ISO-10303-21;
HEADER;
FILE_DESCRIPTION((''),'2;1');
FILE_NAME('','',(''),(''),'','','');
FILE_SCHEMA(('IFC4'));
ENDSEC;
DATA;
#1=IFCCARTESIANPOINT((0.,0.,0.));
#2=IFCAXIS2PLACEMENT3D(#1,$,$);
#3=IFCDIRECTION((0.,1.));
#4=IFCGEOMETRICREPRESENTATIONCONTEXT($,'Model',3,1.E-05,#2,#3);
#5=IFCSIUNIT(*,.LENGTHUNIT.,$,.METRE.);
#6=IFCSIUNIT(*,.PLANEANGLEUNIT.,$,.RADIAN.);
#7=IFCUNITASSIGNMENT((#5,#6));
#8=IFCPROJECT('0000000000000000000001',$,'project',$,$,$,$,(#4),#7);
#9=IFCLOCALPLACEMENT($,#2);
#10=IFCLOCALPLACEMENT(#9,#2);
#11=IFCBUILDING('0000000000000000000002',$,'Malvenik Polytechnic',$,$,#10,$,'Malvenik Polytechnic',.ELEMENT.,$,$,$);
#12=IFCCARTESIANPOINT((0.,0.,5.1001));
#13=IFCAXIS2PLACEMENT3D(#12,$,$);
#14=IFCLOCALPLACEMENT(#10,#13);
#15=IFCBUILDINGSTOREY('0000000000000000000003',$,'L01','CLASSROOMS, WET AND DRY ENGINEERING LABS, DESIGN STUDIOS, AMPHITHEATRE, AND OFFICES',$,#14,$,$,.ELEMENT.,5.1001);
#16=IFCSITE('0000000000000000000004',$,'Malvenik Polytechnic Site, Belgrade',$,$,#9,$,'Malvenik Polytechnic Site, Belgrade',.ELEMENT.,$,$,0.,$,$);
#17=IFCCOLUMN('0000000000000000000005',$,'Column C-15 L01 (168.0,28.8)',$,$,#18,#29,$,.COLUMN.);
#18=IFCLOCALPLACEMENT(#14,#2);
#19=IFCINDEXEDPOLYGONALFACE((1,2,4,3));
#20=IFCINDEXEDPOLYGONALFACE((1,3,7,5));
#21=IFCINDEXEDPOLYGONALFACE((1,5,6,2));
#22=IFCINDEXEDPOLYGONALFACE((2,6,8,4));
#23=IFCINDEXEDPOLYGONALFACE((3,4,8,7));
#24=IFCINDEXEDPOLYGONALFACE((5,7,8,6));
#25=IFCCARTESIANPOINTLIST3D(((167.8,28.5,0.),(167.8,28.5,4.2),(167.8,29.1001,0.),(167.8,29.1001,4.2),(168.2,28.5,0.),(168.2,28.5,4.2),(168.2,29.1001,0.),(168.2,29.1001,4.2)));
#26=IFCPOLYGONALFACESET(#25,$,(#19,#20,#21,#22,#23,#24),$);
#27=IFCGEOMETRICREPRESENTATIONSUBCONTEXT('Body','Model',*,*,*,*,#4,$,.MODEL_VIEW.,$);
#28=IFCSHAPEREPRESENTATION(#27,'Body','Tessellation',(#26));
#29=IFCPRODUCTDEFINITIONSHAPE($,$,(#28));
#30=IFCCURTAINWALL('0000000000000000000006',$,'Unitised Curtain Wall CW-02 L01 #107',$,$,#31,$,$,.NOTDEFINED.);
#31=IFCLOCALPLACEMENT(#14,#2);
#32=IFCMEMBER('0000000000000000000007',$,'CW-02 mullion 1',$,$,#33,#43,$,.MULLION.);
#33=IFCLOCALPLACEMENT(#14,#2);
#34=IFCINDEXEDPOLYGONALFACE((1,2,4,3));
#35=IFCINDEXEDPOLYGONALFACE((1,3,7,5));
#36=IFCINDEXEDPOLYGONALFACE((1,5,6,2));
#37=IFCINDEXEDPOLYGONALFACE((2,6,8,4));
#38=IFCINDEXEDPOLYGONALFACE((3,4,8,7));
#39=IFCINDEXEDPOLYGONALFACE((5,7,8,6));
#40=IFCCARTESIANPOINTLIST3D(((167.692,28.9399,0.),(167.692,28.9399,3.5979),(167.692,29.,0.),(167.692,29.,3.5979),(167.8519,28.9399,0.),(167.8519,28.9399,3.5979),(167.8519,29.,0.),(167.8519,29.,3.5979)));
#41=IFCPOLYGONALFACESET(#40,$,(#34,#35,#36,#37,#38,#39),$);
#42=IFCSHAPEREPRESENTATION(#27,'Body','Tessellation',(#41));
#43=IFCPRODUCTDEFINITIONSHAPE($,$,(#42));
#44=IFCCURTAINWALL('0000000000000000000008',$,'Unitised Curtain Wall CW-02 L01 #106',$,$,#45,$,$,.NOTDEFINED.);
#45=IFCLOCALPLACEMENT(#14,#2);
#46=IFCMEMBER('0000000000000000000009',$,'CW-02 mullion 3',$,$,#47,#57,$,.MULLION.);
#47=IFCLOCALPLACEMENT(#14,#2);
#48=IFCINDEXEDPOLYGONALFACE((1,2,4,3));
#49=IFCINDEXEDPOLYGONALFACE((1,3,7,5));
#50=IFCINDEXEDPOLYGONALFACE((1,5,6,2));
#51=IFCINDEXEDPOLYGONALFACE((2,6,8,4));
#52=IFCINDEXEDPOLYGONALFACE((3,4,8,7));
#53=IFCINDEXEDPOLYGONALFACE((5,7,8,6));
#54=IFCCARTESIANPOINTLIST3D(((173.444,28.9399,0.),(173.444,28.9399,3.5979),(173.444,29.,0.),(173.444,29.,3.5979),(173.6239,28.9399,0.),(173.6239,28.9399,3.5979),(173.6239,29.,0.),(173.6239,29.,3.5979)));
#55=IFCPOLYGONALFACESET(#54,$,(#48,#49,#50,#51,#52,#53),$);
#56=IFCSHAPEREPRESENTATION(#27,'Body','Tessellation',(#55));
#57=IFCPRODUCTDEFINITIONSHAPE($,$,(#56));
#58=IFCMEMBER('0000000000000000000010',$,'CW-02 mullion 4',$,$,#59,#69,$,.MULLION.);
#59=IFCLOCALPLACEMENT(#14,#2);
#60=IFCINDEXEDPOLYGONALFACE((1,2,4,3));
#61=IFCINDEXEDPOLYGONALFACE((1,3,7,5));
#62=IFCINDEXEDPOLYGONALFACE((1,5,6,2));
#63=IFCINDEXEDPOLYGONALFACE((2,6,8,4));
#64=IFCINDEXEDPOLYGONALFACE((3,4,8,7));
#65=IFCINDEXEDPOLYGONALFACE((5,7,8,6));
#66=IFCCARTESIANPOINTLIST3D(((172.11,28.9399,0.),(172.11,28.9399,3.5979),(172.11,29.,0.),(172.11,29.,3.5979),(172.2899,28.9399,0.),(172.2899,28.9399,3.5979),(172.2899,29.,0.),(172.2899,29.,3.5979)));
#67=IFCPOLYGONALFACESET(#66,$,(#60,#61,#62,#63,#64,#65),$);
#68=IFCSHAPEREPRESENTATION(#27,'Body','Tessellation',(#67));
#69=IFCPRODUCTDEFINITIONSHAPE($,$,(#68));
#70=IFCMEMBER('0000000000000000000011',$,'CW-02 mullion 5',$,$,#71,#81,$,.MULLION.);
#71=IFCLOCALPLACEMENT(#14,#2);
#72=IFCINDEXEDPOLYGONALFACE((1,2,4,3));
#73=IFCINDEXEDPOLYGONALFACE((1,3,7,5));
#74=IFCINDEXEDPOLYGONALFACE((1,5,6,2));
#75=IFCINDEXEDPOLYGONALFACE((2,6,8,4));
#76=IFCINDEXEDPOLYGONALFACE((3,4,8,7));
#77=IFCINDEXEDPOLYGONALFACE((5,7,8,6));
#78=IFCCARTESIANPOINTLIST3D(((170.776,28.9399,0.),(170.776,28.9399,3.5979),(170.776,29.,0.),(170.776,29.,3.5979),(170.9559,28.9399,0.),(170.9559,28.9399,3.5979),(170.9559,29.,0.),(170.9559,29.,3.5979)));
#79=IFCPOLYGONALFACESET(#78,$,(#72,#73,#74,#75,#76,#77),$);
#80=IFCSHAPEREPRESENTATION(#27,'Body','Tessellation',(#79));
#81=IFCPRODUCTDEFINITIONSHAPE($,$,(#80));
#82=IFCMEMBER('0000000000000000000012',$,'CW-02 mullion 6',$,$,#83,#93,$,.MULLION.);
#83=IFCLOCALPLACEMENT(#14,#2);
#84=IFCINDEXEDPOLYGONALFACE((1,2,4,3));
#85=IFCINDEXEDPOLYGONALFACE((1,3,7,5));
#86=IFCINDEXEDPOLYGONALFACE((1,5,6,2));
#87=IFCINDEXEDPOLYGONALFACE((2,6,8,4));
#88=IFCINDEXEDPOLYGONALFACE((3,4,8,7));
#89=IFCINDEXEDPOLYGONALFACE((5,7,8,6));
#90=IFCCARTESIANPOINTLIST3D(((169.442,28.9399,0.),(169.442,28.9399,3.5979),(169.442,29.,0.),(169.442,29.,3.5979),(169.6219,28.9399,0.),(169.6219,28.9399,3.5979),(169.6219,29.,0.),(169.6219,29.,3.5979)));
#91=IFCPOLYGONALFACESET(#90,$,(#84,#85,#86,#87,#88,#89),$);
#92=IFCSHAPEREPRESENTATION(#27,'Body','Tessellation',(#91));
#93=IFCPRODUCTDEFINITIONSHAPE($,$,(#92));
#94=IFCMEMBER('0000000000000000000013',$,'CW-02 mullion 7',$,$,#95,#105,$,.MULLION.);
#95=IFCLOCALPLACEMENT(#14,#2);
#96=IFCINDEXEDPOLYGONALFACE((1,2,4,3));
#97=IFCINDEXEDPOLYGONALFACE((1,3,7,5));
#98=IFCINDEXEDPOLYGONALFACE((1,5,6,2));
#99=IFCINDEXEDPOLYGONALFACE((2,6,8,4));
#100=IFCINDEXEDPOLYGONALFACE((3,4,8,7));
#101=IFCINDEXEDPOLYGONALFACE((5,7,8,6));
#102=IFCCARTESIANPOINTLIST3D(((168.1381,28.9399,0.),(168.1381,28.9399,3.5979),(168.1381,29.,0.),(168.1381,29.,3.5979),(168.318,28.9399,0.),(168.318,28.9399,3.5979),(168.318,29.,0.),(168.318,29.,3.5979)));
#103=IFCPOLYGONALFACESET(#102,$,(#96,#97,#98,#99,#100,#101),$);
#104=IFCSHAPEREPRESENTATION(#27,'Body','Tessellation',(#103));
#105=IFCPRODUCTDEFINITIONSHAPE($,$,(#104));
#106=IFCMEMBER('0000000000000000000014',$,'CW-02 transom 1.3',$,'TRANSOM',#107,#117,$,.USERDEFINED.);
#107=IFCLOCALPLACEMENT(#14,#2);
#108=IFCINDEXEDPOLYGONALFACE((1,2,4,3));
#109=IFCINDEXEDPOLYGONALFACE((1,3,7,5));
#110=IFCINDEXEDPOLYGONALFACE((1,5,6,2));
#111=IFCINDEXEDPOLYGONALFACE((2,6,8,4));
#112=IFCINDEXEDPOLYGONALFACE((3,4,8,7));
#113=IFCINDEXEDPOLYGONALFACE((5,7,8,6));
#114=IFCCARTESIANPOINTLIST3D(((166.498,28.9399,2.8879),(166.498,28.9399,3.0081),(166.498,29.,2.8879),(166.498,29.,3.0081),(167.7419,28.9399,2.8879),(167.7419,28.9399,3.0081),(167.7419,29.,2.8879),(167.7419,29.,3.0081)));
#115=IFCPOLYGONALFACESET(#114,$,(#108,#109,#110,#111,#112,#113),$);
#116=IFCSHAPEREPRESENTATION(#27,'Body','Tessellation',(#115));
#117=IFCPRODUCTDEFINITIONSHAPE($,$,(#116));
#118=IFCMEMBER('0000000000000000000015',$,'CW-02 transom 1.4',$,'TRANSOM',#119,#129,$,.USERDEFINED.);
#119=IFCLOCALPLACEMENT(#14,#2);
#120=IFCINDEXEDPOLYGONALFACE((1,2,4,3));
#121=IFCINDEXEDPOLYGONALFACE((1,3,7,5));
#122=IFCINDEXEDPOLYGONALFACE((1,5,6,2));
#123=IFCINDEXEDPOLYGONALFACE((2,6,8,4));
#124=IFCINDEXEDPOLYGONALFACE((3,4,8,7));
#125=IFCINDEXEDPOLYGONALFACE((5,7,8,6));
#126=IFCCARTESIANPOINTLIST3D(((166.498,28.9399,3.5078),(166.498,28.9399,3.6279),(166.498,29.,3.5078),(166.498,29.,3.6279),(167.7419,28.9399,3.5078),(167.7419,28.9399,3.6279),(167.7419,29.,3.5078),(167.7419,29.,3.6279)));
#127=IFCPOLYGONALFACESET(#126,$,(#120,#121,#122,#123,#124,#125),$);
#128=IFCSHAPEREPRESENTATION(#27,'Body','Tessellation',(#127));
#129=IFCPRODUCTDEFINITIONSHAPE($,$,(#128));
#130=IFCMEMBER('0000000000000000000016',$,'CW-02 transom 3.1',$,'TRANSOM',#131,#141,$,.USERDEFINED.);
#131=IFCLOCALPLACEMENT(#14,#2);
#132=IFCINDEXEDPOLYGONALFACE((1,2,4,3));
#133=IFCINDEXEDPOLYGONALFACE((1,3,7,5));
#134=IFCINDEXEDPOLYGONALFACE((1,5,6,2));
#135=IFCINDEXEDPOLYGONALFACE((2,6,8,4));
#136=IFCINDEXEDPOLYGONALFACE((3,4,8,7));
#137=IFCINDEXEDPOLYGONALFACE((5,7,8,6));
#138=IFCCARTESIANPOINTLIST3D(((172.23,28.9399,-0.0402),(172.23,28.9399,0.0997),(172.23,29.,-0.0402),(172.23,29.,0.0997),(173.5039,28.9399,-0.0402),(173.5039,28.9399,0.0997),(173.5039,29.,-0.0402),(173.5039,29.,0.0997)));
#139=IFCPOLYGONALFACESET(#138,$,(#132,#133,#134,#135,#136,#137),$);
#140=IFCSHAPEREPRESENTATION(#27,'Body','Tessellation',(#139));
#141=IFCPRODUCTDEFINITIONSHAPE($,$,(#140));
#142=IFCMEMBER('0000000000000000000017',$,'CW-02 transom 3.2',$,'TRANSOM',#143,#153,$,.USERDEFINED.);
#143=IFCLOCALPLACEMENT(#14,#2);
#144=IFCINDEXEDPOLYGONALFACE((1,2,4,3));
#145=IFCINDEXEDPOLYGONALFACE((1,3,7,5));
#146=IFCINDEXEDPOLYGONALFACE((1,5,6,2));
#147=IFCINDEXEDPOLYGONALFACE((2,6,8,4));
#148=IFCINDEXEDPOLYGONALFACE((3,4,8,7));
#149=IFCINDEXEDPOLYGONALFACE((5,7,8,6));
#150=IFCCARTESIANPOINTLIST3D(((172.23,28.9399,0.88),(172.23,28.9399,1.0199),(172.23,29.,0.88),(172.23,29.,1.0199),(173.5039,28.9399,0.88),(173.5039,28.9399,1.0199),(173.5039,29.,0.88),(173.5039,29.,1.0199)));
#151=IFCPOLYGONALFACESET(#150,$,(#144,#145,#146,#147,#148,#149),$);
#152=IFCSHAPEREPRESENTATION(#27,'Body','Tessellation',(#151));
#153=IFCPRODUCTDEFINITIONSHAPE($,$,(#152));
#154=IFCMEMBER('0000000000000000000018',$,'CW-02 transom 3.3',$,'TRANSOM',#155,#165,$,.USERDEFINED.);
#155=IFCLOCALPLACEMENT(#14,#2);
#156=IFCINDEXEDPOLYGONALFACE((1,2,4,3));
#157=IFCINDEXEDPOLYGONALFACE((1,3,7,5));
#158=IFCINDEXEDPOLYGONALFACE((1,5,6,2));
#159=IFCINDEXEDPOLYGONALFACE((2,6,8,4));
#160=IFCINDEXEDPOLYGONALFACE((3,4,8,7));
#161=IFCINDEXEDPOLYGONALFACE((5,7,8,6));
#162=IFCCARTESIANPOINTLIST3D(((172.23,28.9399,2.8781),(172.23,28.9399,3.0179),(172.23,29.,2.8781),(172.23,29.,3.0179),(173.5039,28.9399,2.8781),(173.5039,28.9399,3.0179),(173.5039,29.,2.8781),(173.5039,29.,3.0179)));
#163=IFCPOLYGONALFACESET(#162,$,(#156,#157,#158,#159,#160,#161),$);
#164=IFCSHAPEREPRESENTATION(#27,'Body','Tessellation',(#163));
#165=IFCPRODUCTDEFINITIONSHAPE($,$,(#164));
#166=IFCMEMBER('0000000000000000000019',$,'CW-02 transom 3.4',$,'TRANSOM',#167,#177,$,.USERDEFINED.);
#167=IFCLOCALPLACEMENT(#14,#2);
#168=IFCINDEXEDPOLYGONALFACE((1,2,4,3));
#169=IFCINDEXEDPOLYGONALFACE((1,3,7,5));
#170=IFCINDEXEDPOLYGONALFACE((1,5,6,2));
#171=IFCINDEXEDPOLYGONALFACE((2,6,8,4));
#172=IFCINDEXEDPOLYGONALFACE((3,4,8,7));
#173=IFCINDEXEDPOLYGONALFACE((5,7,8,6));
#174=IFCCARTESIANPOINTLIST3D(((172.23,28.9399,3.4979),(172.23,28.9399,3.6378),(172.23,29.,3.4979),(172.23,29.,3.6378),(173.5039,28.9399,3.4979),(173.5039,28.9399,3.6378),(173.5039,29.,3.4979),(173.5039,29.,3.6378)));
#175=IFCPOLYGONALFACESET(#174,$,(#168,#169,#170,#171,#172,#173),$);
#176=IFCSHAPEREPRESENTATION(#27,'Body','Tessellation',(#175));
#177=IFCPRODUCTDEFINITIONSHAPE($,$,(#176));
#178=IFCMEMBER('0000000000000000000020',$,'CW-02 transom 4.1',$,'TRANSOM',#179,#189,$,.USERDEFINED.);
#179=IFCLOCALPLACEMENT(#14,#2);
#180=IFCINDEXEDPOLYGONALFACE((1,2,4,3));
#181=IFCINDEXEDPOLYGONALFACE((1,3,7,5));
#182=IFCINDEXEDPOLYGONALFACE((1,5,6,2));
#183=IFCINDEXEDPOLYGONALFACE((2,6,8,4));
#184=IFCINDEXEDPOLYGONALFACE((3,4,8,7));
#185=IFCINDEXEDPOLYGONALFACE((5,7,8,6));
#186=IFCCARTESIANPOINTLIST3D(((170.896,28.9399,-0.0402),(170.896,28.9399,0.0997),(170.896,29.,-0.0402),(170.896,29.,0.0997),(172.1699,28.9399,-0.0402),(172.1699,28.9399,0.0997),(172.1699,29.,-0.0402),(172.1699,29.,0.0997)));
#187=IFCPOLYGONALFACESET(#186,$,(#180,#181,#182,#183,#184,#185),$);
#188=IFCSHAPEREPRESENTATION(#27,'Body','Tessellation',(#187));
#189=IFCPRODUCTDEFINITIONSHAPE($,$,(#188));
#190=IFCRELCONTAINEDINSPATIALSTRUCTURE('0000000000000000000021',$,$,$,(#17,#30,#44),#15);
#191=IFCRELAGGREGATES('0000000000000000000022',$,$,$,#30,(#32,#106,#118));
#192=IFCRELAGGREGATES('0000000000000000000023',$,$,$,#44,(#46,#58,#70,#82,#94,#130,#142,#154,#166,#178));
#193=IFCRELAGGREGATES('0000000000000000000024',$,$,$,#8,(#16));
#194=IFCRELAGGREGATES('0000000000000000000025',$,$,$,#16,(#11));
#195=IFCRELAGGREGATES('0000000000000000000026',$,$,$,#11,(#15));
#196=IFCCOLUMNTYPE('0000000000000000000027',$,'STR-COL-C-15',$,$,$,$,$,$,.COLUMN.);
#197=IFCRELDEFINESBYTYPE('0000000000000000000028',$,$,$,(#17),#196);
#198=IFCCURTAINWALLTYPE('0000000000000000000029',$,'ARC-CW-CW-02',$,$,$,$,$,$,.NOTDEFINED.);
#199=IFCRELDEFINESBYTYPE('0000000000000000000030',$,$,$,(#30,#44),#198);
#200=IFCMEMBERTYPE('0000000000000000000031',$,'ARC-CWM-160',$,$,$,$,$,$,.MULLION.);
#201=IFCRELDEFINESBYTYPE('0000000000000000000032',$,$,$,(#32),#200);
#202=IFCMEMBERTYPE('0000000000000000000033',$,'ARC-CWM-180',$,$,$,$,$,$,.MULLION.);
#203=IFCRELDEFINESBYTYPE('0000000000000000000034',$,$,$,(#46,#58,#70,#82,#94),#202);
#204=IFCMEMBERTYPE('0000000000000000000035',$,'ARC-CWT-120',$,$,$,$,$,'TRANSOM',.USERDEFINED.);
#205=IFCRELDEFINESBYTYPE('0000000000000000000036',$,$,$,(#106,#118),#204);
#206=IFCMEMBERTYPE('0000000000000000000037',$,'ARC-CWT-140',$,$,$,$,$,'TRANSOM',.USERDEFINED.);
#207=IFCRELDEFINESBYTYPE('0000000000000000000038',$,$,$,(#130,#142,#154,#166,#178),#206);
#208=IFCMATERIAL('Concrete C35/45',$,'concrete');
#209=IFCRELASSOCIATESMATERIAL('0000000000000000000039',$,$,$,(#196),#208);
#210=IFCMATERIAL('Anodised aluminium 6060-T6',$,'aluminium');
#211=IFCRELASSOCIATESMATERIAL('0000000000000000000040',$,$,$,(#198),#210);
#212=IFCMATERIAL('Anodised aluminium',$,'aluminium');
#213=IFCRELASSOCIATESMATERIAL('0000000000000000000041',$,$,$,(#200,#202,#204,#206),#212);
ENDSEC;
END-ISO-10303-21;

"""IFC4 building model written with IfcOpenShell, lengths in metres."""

from ifc_helpers import new_model, si_unit, direction, frame, origin, origin_2d, place, context, subcontext, project, spatial, rectangle, extrude, material, material_profile, profile_set, type_object, element, aggregate, save


model = new_model("IFC4")

# Units and contexts
model_context = context("Model", 3, precision=1e-05, world=origin(), true_north=direction((0.0, 1.0)))
body_context = subcontext(model_context, "Body", "Model", "MODEL_VIEW")
ifc_project = project(units=[si_unit("LENGTHUNIT", "METRE"), si_unit("PLANEANGLEUNIT", "RADIAN")], contexts=[model_context])

# Site, building, storey
site_placement = place(None, origin())
site = spatial("IfcSite", under=ifc_project, at=site_placement, Name="Malvenik Polytechnic Site, Belgrade", LongName="Malvenik Polytechnic Site, Belgrade", CompositionType="ELEMENT", RefElevation=0.0)
building_placement = place(site_placement, origin())
building = spatial("IfcBuilding", under=site, at=building_placement, Name="Malvenik Polytechnic", LongName="Malvenik Polytechnic", CompositionType="ELEMENT")
storey_placement = place(building_placement, frame((0.0, 0.0, 5.1001)))
storey = spatial("IfcBuildingStorey", under=building, at=storey_placement, Name="L01", Description="CLASSROOMS, WET AND DRY ENGINEERING LABS, DESIGN STUDIOS, AMPHITHEATRE, AND OFFICES", CompositionType="ELEMENT", Elevation=5.1001)

# Column
ifc_material_1 = material(Name="Concrete C35/45", Category="concrete")
ifc_material_profile_1 = material_profile(ifc_material_1, rectangle(XDim=0.3999, YDim=0.6001, at=origin_2d()), Name="RC COL 600x400")
ifc_profile_set_1 = profile_set([ifc_material_profile_1], Name="Concrete C35/45")
column_type = type_object("IfcColumnType", Name="STR-COL-C-15", PredefinedType="COLUMN", material=ifc_profile_set_1)
column_placement = place(storey_placement, frame((168.0, 28.8, 0.0), z_axis=(0.0, 0.0, 1.0), x_axis=(1.0, 0.0, 0.0)))
element("IfcColumn", 1, at=column_placement, inside=storey, type_object=column_type, Name="Column C-15 L01 (168.0,28.8)", PredefinedType="COLUMN", context=body_context, shape_type="SweptSolid", body=[
    extrude(rectangle(XDim=0.3999, YDim=0.6001, at=origin_2d()), origin(), (0.0, 0.0, 1.0), 4.2),
])

# Curtain wall, member
ifc_material_2 = material(Name="Anodised aluminium 6060-T6", Category="aluminium")
curtain_wall_type = type_object("IfcCurtainWallType", Name="ARC-CW-CW-02", PredefinedType="NOTDEFINED", material=ifc_material_2)
curtain_wall_1_placement = place(storey_placement, origin())
curtain_wall_1 = element("IfcCurtainWall", 2, at=curtain_wall_1_placement, inside=storey, type_object=curtain_wall_type, Name="Unitised Curtain Wall CW-02 L01 #107", PredefinedType="NOTDEFINED")
ifc_material_3 = material(Name="Anodised aluminium", Category="aluminium")
ifc_material_profile_2 = material_profile(ifc_material_3, rectangle(XDim=0.0601, YDim=0.1599, at=origin_2d()), Name="ALU MULLION 60x160")
ifc_profile_set_2 = profile_set([ifc_material_profile_2], Name="Anodised aluminium")
member_type_1 = type_object("IfcMemberType", Name="ARC-CWM-160", PredefinedType="MULLION", material=ifc_profile_set_2)
member_1_placement = place(storey_placement, frame((167.772, 28.97, 0.0), z_axis=(0.0, 0.0, 1.0), x_axis=(0.0, -1.0, 0.0)))
member_1 = element("IfcMember", 3, at=member_1_placement, type_object=member_type_1, Name="CW-02 mullion 1", PredefinedType="MULLION", context=body_context, shape_type="SweptSolid", body=[
    extrude(rectangle(XDim=0.0601, YDim=0.1599, at=origin_2d()), origin(), (0.0, 0.0, 1.0), 3.5979),
])

# Curtain wall, members
curtain_wall_2_placement = place(storey_placement, origin())
curtain_wall_2 = element("IfcCurtainWall", 4, at=curtain_wall_2_placement, inside=storey, type_object=curtain_wall_type, Name="Unitised Curtain Wall CW-02 L01 #106", PredefinedType="NOTDEFINED")
ifc_material_profile_3 = material_profile(ifc_material_3, rectangle(XDim=0.0601, YDim=0.1799, at=origin_2d()), Name="ALU MULLION 60x180")
ifc_profile_set_3 = profile_set([ifc_material_profile_3], Name="Anodised aluminium")
member_type_2 = type_object("IfcMemberType", Name="ARC-CWM-180", PredefinedType="MULLION", material=ifc_profile_set_3)
member_2_placement = place(storey_placement, frame((173.5339, 28.97, 0.0), z_axis=(0.0, 0.0, 1.0), x_axis=(0.0, -1.0, 0.0)))
member_2 = element("IfcMember", 5, at=member_2_placement, type_object=member_type_2, Name="CW-02 mullion 3", PredefinedType="MULLION", context=body_context, shape_type="SweptSolid", body=[
    extrude(rectangle(XDim=0.0601, YDim=0.1799, at=origin_2d()), origin(), (0.0, 0.0, 1.0), 3.5979),
])
member_3_placement = place(storey_placement, frame((172.2, 28.97, 0.0), z_axis=(0.0, 0.0, 1.0), x_axis=(0.0, -1.0, 0.0)))
member_3 = element("IfcMember", 6, at=member_3_placement, type_object=member_type_2, Name="CW-02 mullion 4", PredefinedType="MULLION", context=body_context, shape_type="SweptSolid", body=[
    extrude(rectangle(XDim=0.0601, YDim=0.1799, at=origin_2d()), origin(), (0.0, 0.0, 1.0), 3.5979),
])
member_4_placement = place(storey_placement, frame((170.866, 28.97, 0.0), z_axis=(0.0, 0.0, 1.0), x_axis=(0.0, -1.0, 0.0)))
member_4 = element("IfcMember", 7, at=member_4_placement, type_object=member_type_2, Name="CW-02 mullion 5", PredefinedType="MULLION", context=body_context, shape_type="SweptSolid", body=[
    extrude(rectangle(XDim=0.0601, YDim=0.1799, at=origin_2d()), origin(), (0.0, 0.0, 1.0), 3.5979),
])
member_5_placement = place(storey_placement, frame((169.532, 28.97, 0.0), z_axis=(0.0, 0.0, 1.0), x_axis=(0.0, -1.0, 0.0)))
member_5 = element("IfcMember", 8, at=member_5_placement, type_object=member_type_2, Name="CW-02 mullion 6", PredefinedType="MULLION", context=body_context, shape_type="SweptSolid", body=[
    extrude(rectangle(XDim=0.0601, YDim=0.1799, at=origin_2d()), origin(), (0.0, 0.0, 1.0), 3.5979),
])
member_6_placement = place(storey_placement, frame((168.228, 28.97, 0.0), z_axis=(0.0, 0.0, 1.0), x_axis=(0.0, -1.0, 0.0)))
member_6 = element("IfcMember", 9, at=member_6_placement, type_object=member_type_2, Name="CW-02 mullion 7", PredefinedType="MULLION", context=body_context, shape_type="SweptSolid", body=[
    extrude(rectangle(XDim=0.0601, YDim=0.1799, at=origin_2d()), origin(), (0.0, 0.0, 1.0), 3.5979),
])

# Members
ifc_material_profile_4 = material_profile(ifc_material_3, rectangle(XDim=0.0601, YDim=0.1201, at=origin_2d()), Name="ALU TRANSOM 60x120")
ifc_profile_set_4 = profile_set([ifc_material_profile_4], Name="Anodised aluminium")
member_type_3 = type_object("IfcMemberType", Name="ARC-CWT-120", ElementType="TRANSOM", PredefinedType="USERDEFINED", material=ifc_profile_set_4)
member_7_placement = place(storey_placement, frame((167.7419, 28.97, 2.948), z_axis=(-1.0, 0.0, 0.0), x_axis=(0.0, -1.0, 0.0)))
member_7 = element("IfcMember", 10, at=member_7_placement, type_object=member_type_3, Name="CW-02 transom 1.3", ObjectType="TRANSOM", PredefinedType="USERDEFINED", context=body_context, shape_type="SweptSolid", body=[
    extrude(rectangle(XDim=0.0601, YDim=0.1201, at=origin_2d()), origin(), (0.0, 0.0, 1.0), 1.2439),
])
member_8_placement = place(storey_placement, frame((167.7419, 28.97, 3.5679), z_axis=(-1.0, 0.0, 0.0), x_axis=(0.0, -1.0, 0.0)))
member_8 = element("IfcMember", 11, at=member_8_placement, type_object=member_type_3, Name="CW-02 transom 1.4", ObjectType="TRANSOM", PredefinedType="USERDEFINED", context=body_context, shape_type="SweptSolid", body=[
    extrude(rectangle(XDim=0.0601, YDim=0.1201, at=origin_2d()), origin(), (0.0, 0.0, 1.0), 1.2439),
])
aggregate(curtain_wall_1, [member_1, member_7, member_8])
ifc_material_profile_5 = material_profile(ifc_material_3, rectangle(XDim=0.0601, YDim=0.1399, at=origin_2d()), Name="ALU TRANSOM 60x140")
ifc_profile_set_5 = profile_set([ifc_material_profile_5], Name="Anodised aluminium")
member_type_4 = type_object("IfcMemberType", Name="ARC-CWT-140", ElementType="TRANSOM", PredefinedType="USERDEFINED", material=ifc_profile_set_5)
member_9_placement = place(storey_placement, frame((173.5039, 28.97, 0.0298), z_axis=(-1.0, 0.0, 0.0), x_axis=(0.0, -1.0, 0.0)))
member_9 = element("IfcMember", 12, at=member_9_placement, type_object=member_type_4, Name="CW-02 transom 3.1", ObjectType="TRANSOM", PredefinedType="USERDEFINED", context=body_context, shape_type="SweptSolid", body=[
    extrude(rectangle(XDim=0.0601, YDim=0.1399, at=origin_2d()), origin(), (0.0, 0.0, 1.0), 1.2739),
])
member_10_placement = place(storey_placement, frame((173.5039, 28.97, 0.95), z_axis=(-1.0, 0.0, 0.0), x_axis=(0.0, -1.0, 0.0)))
member_10 = element("IfcMember", 13, at=member_10_placement, type_object=member_type_4, Name="CW-02 transom 3.2", ObjectType="TRANSOM", PredefinedType="USERDEFINED", context=body_context, shape_type="SweptSolid", body=[
    extrude(rectangle(XDim=0.0601, YDim=0.1399, at=origin_2d()), origin(), (0.0, 0.0, 1.0), 1.2739),
])
member_11_placement = place(storey_placement, frame((173.5039, 28.97, 2.948), z_axis=(-1.0, 0.0, 0.0), x_axis=(0.0, -1.0, 0.0)))
member_11 = element("IfcMember", 14, at=member_11_placement, type_object=member_type_4, Name="CW-02 transom 3.3", ObjectType="TRANSOM", PredefinedType="USERDEFINED", context=body_context, shape_type="SweptSolid", body=[
    extrude(rectangle(XDim=0.0601, YDim=0.1399, at=origin_2d()), origin(), (0.0, 0.0, 1.0), 1.2739),
])
member_12_placement = place(storey_placement, frame((173.5039, 28.97, 3.5679), z_axis=(-1.0, 0.0, 0.0), x_axis=(0.0, -1.0, 0.0)))
member_12 = element("IfcMember", 15, at=member_12_placement, type_object=member_type_4, Name="CW-02 transom 3.4", ObjectType="TRANSOM", PredefinedType="USERDEFINED", context=body_context, shape_type="SweptSolid", body=[
    extrude(rectangle(XDim=0.0601, YDim=0.1399, at=origin_2d()), origin(), (0.0, 0.0, 1.0), 1.2739),
])
member_13_placement = place(storey_placement, frame((172.1699, 28.97, 0.0298), z_axis=(-1.0, 0.0, 0.0), x_axis=(0.0, -1.0, 0.0)))
member_13 = element("IfcMember", 16, at=member_13_placement, type_object=member_type_4, Name="CW-02 transom 4.1", ObjectType="TRANSOM", PredefinedType="USERDEFINED", context=body_context, shape_type="SweptSolid", body=[
    extrude(rectangle(XDim=0.0601, YDim=0.1399, at=origin_2d()), origin(), (0.0, 0.0, 1.0), 1.2739),
])

aggregate(curtain_wall_2, [member_2, member_3, member_4, member_5, member_6, member_9, member_10, member_11, member_12, member_13])

save(model, "model.ifc")
